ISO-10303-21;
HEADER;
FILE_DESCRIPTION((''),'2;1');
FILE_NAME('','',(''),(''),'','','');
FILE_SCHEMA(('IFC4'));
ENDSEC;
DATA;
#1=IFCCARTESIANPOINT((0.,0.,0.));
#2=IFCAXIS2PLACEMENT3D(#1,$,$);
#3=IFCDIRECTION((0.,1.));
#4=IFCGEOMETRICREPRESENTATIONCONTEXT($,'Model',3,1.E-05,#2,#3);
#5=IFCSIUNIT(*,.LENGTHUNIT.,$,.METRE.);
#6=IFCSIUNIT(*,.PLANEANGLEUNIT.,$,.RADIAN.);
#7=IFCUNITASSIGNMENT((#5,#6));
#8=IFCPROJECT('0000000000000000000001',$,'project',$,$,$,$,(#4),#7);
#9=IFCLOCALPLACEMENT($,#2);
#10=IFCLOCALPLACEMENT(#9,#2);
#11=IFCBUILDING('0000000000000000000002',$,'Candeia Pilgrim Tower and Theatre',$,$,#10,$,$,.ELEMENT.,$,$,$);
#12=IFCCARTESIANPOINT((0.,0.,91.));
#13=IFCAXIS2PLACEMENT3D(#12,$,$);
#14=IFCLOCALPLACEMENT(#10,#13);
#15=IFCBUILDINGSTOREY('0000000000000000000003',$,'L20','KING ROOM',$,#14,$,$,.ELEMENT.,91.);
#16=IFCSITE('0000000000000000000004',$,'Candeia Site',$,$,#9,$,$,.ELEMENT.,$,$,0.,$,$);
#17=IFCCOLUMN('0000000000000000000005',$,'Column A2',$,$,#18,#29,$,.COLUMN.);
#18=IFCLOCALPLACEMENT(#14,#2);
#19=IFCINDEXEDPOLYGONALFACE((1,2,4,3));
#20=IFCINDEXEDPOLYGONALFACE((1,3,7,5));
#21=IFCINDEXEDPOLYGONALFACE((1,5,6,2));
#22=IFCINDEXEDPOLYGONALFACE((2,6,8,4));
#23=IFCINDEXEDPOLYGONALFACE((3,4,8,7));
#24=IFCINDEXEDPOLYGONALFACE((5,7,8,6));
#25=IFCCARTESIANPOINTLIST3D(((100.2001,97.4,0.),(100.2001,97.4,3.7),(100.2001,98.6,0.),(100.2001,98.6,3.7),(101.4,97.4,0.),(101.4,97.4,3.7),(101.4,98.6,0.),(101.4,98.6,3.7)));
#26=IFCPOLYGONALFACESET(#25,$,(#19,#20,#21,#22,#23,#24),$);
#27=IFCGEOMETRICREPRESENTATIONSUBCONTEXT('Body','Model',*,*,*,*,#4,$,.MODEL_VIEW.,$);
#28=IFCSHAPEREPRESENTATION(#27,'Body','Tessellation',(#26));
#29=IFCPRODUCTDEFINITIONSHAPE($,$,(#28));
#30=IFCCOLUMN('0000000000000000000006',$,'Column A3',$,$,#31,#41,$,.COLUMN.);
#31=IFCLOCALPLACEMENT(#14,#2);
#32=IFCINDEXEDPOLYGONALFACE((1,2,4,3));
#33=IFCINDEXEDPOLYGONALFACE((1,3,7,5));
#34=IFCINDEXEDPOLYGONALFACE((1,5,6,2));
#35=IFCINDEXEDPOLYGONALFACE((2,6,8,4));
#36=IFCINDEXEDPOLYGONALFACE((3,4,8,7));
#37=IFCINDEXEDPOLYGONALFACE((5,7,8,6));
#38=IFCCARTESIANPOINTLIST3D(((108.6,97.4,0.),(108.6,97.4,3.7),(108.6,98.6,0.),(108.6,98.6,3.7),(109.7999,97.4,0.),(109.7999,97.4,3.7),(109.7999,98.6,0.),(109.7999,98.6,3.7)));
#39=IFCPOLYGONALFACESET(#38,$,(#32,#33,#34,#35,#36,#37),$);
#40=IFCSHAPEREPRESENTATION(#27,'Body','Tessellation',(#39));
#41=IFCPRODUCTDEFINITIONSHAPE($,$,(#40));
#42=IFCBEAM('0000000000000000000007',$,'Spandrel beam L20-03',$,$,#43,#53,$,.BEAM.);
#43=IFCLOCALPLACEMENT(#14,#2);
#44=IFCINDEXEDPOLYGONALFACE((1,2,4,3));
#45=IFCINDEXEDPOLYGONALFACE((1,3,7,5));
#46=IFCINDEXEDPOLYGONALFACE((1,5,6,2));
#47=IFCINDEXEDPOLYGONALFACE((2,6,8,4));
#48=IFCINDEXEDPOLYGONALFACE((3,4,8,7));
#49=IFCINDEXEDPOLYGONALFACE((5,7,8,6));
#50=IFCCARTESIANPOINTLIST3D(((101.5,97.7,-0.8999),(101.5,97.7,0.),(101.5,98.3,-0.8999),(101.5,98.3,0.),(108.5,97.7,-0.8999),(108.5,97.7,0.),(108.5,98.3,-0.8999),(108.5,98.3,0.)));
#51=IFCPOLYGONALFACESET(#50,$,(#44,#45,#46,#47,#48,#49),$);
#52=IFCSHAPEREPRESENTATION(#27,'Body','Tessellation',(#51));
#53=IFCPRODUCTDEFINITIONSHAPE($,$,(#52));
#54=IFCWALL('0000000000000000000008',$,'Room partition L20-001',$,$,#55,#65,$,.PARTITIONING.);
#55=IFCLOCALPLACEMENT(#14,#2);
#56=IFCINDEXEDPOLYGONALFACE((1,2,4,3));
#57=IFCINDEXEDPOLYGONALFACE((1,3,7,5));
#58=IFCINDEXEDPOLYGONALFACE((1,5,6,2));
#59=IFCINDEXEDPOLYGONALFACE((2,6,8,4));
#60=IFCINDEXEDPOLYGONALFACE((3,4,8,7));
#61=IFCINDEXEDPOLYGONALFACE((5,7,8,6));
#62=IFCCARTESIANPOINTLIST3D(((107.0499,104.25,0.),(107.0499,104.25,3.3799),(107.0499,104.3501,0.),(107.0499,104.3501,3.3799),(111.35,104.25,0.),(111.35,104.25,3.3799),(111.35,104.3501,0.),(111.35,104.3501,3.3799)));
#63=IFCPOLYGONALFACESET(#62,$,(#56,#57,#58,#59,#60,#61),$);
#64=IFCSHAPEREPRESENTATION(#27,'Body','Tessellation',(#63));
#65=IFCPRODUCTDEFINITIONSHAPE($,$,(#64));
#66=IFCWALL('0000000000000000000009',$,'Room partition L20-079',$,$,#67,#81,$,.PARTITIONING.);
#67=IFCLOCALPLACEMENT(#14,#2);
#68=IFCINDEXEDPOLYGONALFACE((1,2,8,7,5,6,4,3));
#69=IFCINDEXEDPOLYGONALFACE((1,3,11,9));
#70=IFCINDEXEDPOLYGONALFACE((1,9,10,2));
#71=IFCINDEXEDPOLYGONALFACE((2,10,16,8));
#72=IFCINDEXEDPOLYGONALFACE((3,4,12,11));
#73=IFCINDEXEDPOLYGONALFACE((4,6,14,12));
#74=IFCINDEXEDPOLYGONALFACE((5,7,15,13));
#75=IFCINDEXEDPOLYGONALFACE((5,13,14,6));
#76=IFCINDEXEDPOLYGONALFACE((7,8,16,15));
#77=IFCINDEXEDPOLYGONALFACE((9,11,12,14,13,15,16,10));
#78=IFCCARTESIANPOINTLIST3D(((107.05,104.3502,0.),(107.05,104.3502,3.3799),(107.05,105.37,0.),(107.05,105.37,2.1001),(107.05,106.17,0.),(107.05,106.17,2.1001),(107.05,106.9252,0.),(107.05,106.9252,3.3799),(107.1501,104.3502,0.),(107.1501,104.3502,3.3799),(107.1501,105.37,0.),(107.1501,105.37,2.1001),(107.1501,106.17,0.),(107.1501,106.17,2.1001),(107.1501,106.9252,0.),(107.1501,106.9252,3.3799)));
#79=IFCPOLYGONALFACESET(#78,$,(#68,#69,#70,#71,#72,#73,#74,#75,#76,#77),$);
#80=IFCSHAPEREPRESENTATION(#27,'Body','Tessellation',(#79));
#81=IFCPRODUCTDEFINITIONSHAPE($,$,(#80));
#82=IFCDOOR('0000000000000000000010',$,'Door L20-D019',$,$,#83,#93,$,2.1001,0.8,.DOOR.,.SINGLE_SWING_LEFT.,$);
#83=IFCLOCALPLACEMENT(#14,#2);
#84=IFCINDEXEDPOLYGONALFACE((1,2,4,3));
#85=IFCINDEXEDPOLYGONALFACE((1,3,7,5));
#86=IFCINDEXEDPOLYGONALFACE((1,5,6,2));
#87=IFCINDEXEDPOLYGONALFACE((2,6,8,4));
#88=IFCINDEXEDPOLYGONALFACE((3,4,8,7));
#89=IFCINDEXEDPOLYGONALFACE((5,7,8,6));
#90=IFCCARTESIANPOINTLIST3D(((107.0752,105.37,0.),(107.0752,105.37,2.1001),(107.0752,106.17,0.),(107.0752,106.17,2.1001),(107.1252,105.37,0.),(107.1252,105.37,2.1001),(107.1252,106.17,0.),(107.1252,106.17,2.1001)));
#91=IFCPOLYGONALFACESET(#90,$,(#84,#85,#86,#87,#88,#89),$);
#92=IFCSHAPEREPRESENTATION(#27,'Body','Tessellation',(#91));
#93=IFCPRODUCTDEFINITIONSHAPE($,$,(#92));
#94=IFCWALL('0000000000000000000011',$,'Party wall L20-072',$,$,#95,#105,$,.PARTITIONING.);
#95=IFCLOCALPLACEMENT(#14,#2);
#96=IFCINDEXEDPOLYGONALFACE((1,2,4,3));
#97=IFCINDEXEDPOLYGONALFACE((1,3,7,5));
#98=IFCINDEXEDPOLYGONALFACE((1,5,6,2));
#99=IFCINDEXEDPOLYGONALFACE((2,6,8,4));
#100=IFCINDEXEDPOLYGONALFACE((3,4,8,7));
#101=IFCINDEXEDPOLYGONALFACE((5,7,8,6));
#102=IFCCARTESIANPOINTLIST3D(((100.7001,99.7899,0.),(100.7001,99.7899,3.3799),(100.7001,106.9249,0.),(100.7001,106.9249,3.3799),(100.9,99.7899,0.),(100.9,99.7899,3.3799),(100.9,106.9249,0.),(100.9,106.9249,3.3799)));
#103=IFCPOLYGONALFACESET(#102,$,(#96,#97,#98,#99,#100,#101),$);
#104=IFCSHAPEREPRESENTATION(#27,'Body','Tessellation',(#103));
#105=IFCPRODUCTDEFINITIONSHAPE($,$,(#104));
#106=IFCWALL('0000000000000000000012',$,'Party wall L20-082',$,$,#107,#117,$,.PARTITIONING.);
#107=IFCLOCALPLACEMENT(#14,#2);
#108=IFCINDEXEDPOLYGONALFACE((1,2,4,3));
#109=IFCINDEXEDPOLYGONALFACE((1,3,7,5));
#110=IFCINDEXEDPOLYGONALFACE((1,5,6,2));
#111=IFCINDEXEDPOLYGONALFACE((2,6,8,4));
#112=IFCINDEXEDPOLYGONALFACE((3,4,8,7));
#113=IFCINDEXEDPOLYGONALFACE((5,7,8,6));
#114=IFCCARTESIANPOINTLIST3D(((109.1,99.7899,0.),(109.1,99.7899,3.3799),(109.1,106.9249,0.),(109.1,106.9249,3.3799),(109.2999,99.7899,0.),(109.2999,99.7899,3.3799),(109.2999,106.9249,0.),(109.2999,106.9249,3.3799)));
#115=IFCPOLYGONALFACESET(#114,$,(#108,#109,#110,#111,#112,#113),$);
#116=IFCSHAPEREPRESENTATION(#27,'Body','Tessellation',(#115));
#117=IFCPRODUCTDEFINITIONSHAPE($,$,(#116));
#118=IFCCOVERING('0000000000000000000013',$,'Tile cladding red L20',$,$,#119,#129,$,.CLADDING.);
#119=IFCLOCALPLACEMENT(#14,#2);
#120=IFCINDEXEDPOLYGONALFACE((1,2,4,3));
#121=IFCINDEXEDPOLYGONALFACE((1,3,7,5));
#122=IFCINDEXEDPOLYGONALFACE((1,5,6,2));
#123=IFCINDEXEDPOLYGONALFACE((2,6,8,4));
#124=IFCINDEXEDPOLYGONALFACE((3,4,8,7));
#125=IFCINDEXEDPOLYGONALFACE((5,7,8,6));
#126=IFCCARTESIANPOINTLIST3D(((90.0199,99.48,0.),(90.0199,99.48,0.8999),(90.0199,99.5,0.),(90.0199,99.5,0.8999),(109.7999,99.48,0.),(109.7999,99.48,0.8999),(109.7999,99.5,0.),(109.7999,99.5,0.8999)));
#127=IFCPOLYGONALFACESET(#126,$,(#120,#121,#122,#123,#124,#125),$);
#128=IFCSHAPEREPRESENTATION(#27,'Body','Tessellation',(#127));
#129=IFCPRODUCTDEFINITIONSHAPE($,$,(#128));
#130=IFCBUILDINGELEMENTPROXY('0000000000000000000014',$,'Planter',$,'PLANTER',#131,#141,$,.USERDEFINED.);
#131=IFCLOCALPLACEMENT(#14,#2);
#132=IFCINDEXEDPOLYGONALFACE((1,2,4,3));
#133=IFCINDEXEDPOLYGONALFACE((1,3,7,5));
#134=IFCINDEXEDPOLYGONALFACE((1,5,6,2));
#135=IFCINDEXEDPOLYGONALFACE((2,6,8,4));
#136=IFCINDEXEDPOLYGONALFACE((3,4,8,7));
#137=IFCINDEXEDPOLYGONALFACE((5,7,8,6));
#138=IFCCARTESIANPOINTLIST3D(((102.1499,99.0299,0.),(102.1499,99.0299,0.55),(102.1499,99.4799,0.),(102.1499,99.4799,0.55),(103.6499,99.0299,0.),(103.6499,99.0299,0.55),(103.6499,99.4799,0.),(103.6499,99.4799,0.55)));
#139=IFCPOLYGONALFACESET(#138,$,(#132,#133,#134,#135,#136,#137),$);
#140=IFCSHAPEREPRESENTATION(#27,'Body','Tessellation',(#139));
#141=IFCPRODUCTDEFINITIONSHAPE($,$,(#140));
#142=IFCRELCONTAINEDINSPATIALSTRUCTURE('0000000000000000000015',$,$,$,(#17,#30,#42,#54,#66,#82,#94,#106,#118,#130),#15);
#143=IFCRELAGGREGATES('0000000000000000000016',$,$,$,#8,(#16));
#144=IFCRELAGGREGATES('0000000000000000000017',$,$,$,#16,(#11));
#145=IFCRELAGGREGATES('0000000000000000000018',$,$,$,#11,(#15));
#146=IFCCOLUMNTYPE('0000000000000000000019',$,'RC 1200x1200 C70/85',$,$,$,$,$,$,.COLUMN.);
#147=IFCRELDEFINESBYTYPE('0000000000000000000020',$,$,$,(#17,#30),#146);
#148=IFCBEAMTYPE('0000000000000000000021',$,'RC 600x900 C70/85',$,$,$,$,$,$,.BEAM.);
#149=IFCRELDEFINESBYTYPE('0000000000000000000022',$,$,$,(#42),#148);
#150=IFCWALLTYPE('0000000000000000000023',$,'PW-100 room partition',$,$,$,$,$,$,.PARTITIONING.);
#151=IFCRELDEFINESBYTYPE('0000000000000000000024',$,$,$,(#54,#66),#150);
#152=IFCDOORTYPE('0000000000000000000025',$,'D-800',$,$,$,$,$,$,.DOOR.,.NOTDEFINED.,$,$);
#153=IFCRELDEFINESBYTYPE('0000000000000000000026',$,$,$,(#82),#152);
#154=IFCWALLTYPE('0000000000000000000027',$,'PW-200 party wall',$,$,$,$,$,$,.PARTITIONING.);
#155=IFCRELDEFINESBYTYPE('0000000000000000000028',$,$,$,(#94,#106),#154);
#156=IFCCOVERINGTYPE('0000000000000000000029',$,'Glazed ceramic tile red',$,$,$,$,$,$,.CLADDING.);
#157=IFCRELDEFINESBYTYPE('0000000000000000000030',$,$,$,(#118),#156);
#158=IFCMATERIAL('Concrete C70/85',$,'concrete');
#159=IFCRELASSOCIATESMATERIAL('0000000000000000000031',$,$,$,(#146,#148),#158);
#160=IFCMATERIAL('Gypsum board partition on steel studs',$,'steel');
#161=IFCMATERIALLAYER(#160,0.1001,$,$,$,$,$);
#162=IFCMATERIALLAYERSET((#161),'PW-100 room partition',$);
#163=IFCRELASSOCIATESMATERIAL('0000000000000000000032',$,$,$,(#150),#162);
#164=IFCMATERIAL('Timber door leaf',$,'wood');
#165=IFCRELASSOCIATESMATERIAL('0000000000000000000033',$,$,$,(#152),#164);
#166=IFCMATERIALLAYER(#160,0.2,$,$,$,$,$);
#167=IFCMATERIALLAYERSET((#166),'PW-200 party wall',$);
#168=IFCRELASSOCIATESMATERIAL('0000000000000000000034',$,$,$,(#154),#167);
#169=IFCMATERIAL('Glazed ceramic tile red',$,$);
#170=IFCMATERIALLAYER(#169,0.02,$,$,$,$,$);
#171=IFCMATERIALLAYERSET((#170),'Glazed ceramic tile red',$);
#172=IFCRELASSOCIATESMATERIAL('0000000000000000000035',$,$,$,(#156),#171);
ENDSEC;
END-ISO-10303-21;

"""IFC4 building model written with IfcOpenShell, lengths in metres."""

from ifc_helpers import new_model, si_unit, direction, frame, frame_2d, origin, origin_2d, place, context, subcontext, project, spatial, rectangle, extrude, material, layer, layer_set, material_profile, profile_set, type_object, element, fill, save


model = new_model("IFC4")

# Units and contexts
model_context = context("Model", 3, precision=1e-05, world=origin(), true_north=direction((0.0, 1.0)))
body_context = subcontext(model_context, "Body", "Model", "MODEL_VIEW")
ifc_project = project(units=[si_unit("LENGTHUNIT", "METRE"), si_unit("PLANEANGLEUNIT", "RADIAN")], contexts=[model_context])

# Site, building, storey
site_placement = place(None, origin())
site = spatial("IfcSite", under=ifc_project, at=site_placement, Name="Candeia Site", CompositionType="ELEMENT", RefElevation=0.0)
building_placement = place(site_placement, origin())
building = spatial("IfcBuilding", under=site, at=building_placement, Name="Candeia Pilgrim Tower and Theatre", CompositionType="ELEMENT")
storey_placement = place(building_placement, frame((0.0, 0.0, 91.0)))
storey = spatial("IfcBuildingStorey", under=building, at=storey_placement, Name="L20", Description="KING ROOM", CompositionType="ELEMENT", Elevation=91.0)

# Columns
ifc_material_1 = material(Name="Concrete C70/85", Category="concrete")
ifc_material_profile_1 = material_profile(ifc_material_1, rectangle(XDim=1.2, YDim=1.2, at=origin_2d()))
ifc_profile_set_1 = profile_set([ifc_material_profile_1], Name="Concrete C70/85")
column_type = type_object("IfcColumnType", Name="RC 1200x1200 C70/85", PredefinedType="COLUMN", material=ifc_profile_set_1)
for number, where, z_axis, x_axis, name in (
    (1, (100.8, 98.0, 0.0), (0.0, 0.0, 1.0), (1.0, 0.0, 0.0), "Column A2"),
    (2, (109.2, 98.0, 0.0), (0.0, 0.0, 1.0), (1.0, 0.0, 0.0), "Column A3"),
):
    element("IfcColumn", number, at=place(storey_placement, frame(where, z_axis=z_axis, x_axis=x_axis)), inside=storey, type_object=column_type, Name=name, PredefinedType="COLUMN", context=body_context, shape_type="SweptSolid", body=[
        extrude(rectangle(XDim=1.2, YDim=1.2, at=origin_2d()), origin(), (0.0, 0.0, 1.0), 3.7),
    ])

# Beam
ifc_material_profile_2 = material_profile(ifc_material_1, rectangle(XDim=0.6001, YDim=0.8999, at=origin_2d()))
ifc_profile_set_2 = profile_set([ifc_material_profile_2], Name="Concrete C70/85")
beam_type = type_object("IfcBeamType", Name="RC 600x900 C70/85", PredefinedType="BEAM", material=ifc_profile_set_2)
beam_placement = place(storey_placement, frame((101.5, 98.0, -0.45), z_axis=(1.0, 0.0, 0.0), x_axis=(0.0, 1.0, 0.0)))
element("IfcBeam", 3, at=beam_placement, inside=storey, type_object=beam_type, Name="Spandrel beam L20-03", PredefinedType="BEAM", context=body_context, shape_type="SweptSolid", body=[
    extrude(rectangle(XDim=0.6001, YDim=0.8999, at=origin_2d()), origin(), (0.0, 0.0, 1.0), 7.0),
])

# Wall
ifc_material_2 = material(Name="Gypsum board partition on steel studs", Category="steel")
ifc_layer_1 = layer(ifc_material_2, 0.1001)
ifc_layer_set_1 = layer_set([ifc_layer_1], Name="PW-100 room partition")
wall_type_1 = type_object("IfcWallType", Name="PW-100 room partition", PredefinedType="PARTITIONING", material=ifc_layer_set_1)
wall_1_placement = place(storey_placement, frame((107.05, 104.3, 0.0), z_axis=(0.0, 0.0, 1.0), x_axis=(1.0, 0.0, 0.0)))
element("IfcWall", 4, at=wall_1_placement, inside=storey, type_object=wall_type_1, Name="Room partition L20-001", PredefinedType="PARTITIONING", context=body_context, shape_type="SweptSolid", body=[
    extrude(rectangle(XDim=4.3, YDim=0.1001, at=frame_2d((2.1499, 0.0))), origin(), (0.0, 0.0, 1.0), 3.3799),
])

# Wall, opening, door
wall_2_placement = place(storey_placement, frame((107.1001, 104.3501, 0.0), z_axis=(0.0, 0.0, 1.0), x_axis=(0.0, 1.0, 0.0)))
wall_2 = element("IfcWall", 5, at=wall_2_placement, inside=storey, type_object=wall_type_1, Name="Room partition L20-079", PredefinedType="PARTITIONING", context=body_context, shape_type="SweptSolid", body=[
    extrude(rectangle(XDim=2.575, YDim=0.1001, at=frame_2d((1.2876, 0.0))), origin(), (0.0, 0.0, 1.0), 3.3799),
])
opening_placement = place(wall_2_placement, frame((1.02, 0.0, 0.0)))
opening = element("IfcOpeningElement", 6, at=opening_placement, cuts=wall_2, PredefinedType="OPENING", context=body_context, shape_type="SweptSolid", body=[
    extrude(rectangle(XDim=0.8, YDim=2.1001, at=frame_2d((0.3999, 1.05))), frame((0.0, 0.0601, 0.0), z_axis=(0.0, -1.0, 0.0), x_axis=(1.0, 0.0, 0.0)), (0.0, 0.0, 1.0), 0.1201),
])
ifc_material_3 = material(Name="Timber door leaf", Category="wood")
door_type = type_object("IfcDoorType", Name="D-800", OperationType="NOTDEFINED", PredefinedType="DOOR", material=ifc_material_3)
door_placement = place(opening_placement, origin())
door = element("IfcDoor", 7, at=door_placement, inside=storey, type_object=door_type, Name="Door L20-D019", OperationType="SINGLE_SWING_LEFT", OverallHeight=2.1001, OverallWidth=0.8, PredefinedType="DOOR", context=body_context, shape_type="SweptSolid", body=[
    extrude(rectangle(XDim=0.8, YDim=2.1001, at=frame_2d((0.3999, 1.05))), frame((0.0, 0.0249, 0.0), z_axis=(0.0, -1.0, 0.0), x_axis=(1.0, 0.0, 0.0)), (0.0, 0.0, 1.0), 0.05),
])
fill(opening, door)

# Walls
ifc_layer_2 = layer(ifc_material_2, 0.2)
ifc_layer_set_2 = layer_set([ifc_layer_2], Name="PW-200 party wall")
wall_type_2 = type_object("IfcWallType", Name="PW-200 party wall", PredefinedType="PARTITIONING", material=ifc_layer_set_2)
for number, where, z_axis, x_axis, name in (
    (8, (100.8, 99.79, 0.0), (0.0, 0.0, 1.0), (0.0, 1.0, 0.0), "Party wall L20-072"),
    (9, (109.2, 99.79, 0.0), (0.0, 0.0, 1.0), (0.0, 1.0, 0.0), "Party wall L20-082"),
):
    element("IfcWall", number, at=place(storey_placement, frame(where, z_axis=z_axis, x_axis=x_axis)), inside=storey, type_object=wall_type_2, Name=name, PredefinedType="PARTITIONING", context=body_context, shape_type="SweptSolid", body=[
        extrude(rectangle(XDim=7.135, YDim=0.2, at=frame_2d((3.5674, 0.0))), origin(), (0.0, 0.0, 1.0), 3.3799),
    ])

# Covering
ifc_material_4 = material(Name="Glazed ceramic tile red")
ifc_layer_3 = layer(ifc_material_4, 0.02)
ifc_layer_set_3 = layer_set([ifc_layer_3], Name="Glazed ceramic tile red")
covering_type = type_object("IfcCoveringType", Name="Glazed ceramic tile red", PredefinedType="CLADDING", material=ifc_layer_set_3)
covering_placement = place(storey_placement, frame((99.9099, 99.49, 0.0), z_axis=(0.0, 0.0, 1.0), x_axis=(1.0, 0.0, 0.0)))
element("IfcCovering", 10, at=covering_placement, inside=storey, type_object=covering_type, Name="Tile cladding red L20", PredefinedType="CLADDING", context=body_context, shape_type="SweptSolid", body=[
    extrude(rectangle(XDim=19.78, YDim=0.02, at=origin_2d()), origin(), (0.0, 0.0, 1.0), 0.8999),
])

# Building element proxy
proxy_placement = place(storey_placement, frame((102.8999, 99.2549, 0.0), z_axis=(0.0, 0.0, 1.0), x_axis=(1.0, 0.0, 0.0)))
element("IfcBuildingElementProxy", 11, at=proxy_placement, inside=storey, Name="Planter", ObjectType="PLANTER", PredefinedType="USERDEFINED", context=body_context, shape_type="SweptSolid", body=[
    extrude(rectangle(XDim=1.5, YDim=0.45, at=origin_2d()), origin(), (0.0, 0.0, 1.0), 0.55),
])

save(model, "model.ifc")
